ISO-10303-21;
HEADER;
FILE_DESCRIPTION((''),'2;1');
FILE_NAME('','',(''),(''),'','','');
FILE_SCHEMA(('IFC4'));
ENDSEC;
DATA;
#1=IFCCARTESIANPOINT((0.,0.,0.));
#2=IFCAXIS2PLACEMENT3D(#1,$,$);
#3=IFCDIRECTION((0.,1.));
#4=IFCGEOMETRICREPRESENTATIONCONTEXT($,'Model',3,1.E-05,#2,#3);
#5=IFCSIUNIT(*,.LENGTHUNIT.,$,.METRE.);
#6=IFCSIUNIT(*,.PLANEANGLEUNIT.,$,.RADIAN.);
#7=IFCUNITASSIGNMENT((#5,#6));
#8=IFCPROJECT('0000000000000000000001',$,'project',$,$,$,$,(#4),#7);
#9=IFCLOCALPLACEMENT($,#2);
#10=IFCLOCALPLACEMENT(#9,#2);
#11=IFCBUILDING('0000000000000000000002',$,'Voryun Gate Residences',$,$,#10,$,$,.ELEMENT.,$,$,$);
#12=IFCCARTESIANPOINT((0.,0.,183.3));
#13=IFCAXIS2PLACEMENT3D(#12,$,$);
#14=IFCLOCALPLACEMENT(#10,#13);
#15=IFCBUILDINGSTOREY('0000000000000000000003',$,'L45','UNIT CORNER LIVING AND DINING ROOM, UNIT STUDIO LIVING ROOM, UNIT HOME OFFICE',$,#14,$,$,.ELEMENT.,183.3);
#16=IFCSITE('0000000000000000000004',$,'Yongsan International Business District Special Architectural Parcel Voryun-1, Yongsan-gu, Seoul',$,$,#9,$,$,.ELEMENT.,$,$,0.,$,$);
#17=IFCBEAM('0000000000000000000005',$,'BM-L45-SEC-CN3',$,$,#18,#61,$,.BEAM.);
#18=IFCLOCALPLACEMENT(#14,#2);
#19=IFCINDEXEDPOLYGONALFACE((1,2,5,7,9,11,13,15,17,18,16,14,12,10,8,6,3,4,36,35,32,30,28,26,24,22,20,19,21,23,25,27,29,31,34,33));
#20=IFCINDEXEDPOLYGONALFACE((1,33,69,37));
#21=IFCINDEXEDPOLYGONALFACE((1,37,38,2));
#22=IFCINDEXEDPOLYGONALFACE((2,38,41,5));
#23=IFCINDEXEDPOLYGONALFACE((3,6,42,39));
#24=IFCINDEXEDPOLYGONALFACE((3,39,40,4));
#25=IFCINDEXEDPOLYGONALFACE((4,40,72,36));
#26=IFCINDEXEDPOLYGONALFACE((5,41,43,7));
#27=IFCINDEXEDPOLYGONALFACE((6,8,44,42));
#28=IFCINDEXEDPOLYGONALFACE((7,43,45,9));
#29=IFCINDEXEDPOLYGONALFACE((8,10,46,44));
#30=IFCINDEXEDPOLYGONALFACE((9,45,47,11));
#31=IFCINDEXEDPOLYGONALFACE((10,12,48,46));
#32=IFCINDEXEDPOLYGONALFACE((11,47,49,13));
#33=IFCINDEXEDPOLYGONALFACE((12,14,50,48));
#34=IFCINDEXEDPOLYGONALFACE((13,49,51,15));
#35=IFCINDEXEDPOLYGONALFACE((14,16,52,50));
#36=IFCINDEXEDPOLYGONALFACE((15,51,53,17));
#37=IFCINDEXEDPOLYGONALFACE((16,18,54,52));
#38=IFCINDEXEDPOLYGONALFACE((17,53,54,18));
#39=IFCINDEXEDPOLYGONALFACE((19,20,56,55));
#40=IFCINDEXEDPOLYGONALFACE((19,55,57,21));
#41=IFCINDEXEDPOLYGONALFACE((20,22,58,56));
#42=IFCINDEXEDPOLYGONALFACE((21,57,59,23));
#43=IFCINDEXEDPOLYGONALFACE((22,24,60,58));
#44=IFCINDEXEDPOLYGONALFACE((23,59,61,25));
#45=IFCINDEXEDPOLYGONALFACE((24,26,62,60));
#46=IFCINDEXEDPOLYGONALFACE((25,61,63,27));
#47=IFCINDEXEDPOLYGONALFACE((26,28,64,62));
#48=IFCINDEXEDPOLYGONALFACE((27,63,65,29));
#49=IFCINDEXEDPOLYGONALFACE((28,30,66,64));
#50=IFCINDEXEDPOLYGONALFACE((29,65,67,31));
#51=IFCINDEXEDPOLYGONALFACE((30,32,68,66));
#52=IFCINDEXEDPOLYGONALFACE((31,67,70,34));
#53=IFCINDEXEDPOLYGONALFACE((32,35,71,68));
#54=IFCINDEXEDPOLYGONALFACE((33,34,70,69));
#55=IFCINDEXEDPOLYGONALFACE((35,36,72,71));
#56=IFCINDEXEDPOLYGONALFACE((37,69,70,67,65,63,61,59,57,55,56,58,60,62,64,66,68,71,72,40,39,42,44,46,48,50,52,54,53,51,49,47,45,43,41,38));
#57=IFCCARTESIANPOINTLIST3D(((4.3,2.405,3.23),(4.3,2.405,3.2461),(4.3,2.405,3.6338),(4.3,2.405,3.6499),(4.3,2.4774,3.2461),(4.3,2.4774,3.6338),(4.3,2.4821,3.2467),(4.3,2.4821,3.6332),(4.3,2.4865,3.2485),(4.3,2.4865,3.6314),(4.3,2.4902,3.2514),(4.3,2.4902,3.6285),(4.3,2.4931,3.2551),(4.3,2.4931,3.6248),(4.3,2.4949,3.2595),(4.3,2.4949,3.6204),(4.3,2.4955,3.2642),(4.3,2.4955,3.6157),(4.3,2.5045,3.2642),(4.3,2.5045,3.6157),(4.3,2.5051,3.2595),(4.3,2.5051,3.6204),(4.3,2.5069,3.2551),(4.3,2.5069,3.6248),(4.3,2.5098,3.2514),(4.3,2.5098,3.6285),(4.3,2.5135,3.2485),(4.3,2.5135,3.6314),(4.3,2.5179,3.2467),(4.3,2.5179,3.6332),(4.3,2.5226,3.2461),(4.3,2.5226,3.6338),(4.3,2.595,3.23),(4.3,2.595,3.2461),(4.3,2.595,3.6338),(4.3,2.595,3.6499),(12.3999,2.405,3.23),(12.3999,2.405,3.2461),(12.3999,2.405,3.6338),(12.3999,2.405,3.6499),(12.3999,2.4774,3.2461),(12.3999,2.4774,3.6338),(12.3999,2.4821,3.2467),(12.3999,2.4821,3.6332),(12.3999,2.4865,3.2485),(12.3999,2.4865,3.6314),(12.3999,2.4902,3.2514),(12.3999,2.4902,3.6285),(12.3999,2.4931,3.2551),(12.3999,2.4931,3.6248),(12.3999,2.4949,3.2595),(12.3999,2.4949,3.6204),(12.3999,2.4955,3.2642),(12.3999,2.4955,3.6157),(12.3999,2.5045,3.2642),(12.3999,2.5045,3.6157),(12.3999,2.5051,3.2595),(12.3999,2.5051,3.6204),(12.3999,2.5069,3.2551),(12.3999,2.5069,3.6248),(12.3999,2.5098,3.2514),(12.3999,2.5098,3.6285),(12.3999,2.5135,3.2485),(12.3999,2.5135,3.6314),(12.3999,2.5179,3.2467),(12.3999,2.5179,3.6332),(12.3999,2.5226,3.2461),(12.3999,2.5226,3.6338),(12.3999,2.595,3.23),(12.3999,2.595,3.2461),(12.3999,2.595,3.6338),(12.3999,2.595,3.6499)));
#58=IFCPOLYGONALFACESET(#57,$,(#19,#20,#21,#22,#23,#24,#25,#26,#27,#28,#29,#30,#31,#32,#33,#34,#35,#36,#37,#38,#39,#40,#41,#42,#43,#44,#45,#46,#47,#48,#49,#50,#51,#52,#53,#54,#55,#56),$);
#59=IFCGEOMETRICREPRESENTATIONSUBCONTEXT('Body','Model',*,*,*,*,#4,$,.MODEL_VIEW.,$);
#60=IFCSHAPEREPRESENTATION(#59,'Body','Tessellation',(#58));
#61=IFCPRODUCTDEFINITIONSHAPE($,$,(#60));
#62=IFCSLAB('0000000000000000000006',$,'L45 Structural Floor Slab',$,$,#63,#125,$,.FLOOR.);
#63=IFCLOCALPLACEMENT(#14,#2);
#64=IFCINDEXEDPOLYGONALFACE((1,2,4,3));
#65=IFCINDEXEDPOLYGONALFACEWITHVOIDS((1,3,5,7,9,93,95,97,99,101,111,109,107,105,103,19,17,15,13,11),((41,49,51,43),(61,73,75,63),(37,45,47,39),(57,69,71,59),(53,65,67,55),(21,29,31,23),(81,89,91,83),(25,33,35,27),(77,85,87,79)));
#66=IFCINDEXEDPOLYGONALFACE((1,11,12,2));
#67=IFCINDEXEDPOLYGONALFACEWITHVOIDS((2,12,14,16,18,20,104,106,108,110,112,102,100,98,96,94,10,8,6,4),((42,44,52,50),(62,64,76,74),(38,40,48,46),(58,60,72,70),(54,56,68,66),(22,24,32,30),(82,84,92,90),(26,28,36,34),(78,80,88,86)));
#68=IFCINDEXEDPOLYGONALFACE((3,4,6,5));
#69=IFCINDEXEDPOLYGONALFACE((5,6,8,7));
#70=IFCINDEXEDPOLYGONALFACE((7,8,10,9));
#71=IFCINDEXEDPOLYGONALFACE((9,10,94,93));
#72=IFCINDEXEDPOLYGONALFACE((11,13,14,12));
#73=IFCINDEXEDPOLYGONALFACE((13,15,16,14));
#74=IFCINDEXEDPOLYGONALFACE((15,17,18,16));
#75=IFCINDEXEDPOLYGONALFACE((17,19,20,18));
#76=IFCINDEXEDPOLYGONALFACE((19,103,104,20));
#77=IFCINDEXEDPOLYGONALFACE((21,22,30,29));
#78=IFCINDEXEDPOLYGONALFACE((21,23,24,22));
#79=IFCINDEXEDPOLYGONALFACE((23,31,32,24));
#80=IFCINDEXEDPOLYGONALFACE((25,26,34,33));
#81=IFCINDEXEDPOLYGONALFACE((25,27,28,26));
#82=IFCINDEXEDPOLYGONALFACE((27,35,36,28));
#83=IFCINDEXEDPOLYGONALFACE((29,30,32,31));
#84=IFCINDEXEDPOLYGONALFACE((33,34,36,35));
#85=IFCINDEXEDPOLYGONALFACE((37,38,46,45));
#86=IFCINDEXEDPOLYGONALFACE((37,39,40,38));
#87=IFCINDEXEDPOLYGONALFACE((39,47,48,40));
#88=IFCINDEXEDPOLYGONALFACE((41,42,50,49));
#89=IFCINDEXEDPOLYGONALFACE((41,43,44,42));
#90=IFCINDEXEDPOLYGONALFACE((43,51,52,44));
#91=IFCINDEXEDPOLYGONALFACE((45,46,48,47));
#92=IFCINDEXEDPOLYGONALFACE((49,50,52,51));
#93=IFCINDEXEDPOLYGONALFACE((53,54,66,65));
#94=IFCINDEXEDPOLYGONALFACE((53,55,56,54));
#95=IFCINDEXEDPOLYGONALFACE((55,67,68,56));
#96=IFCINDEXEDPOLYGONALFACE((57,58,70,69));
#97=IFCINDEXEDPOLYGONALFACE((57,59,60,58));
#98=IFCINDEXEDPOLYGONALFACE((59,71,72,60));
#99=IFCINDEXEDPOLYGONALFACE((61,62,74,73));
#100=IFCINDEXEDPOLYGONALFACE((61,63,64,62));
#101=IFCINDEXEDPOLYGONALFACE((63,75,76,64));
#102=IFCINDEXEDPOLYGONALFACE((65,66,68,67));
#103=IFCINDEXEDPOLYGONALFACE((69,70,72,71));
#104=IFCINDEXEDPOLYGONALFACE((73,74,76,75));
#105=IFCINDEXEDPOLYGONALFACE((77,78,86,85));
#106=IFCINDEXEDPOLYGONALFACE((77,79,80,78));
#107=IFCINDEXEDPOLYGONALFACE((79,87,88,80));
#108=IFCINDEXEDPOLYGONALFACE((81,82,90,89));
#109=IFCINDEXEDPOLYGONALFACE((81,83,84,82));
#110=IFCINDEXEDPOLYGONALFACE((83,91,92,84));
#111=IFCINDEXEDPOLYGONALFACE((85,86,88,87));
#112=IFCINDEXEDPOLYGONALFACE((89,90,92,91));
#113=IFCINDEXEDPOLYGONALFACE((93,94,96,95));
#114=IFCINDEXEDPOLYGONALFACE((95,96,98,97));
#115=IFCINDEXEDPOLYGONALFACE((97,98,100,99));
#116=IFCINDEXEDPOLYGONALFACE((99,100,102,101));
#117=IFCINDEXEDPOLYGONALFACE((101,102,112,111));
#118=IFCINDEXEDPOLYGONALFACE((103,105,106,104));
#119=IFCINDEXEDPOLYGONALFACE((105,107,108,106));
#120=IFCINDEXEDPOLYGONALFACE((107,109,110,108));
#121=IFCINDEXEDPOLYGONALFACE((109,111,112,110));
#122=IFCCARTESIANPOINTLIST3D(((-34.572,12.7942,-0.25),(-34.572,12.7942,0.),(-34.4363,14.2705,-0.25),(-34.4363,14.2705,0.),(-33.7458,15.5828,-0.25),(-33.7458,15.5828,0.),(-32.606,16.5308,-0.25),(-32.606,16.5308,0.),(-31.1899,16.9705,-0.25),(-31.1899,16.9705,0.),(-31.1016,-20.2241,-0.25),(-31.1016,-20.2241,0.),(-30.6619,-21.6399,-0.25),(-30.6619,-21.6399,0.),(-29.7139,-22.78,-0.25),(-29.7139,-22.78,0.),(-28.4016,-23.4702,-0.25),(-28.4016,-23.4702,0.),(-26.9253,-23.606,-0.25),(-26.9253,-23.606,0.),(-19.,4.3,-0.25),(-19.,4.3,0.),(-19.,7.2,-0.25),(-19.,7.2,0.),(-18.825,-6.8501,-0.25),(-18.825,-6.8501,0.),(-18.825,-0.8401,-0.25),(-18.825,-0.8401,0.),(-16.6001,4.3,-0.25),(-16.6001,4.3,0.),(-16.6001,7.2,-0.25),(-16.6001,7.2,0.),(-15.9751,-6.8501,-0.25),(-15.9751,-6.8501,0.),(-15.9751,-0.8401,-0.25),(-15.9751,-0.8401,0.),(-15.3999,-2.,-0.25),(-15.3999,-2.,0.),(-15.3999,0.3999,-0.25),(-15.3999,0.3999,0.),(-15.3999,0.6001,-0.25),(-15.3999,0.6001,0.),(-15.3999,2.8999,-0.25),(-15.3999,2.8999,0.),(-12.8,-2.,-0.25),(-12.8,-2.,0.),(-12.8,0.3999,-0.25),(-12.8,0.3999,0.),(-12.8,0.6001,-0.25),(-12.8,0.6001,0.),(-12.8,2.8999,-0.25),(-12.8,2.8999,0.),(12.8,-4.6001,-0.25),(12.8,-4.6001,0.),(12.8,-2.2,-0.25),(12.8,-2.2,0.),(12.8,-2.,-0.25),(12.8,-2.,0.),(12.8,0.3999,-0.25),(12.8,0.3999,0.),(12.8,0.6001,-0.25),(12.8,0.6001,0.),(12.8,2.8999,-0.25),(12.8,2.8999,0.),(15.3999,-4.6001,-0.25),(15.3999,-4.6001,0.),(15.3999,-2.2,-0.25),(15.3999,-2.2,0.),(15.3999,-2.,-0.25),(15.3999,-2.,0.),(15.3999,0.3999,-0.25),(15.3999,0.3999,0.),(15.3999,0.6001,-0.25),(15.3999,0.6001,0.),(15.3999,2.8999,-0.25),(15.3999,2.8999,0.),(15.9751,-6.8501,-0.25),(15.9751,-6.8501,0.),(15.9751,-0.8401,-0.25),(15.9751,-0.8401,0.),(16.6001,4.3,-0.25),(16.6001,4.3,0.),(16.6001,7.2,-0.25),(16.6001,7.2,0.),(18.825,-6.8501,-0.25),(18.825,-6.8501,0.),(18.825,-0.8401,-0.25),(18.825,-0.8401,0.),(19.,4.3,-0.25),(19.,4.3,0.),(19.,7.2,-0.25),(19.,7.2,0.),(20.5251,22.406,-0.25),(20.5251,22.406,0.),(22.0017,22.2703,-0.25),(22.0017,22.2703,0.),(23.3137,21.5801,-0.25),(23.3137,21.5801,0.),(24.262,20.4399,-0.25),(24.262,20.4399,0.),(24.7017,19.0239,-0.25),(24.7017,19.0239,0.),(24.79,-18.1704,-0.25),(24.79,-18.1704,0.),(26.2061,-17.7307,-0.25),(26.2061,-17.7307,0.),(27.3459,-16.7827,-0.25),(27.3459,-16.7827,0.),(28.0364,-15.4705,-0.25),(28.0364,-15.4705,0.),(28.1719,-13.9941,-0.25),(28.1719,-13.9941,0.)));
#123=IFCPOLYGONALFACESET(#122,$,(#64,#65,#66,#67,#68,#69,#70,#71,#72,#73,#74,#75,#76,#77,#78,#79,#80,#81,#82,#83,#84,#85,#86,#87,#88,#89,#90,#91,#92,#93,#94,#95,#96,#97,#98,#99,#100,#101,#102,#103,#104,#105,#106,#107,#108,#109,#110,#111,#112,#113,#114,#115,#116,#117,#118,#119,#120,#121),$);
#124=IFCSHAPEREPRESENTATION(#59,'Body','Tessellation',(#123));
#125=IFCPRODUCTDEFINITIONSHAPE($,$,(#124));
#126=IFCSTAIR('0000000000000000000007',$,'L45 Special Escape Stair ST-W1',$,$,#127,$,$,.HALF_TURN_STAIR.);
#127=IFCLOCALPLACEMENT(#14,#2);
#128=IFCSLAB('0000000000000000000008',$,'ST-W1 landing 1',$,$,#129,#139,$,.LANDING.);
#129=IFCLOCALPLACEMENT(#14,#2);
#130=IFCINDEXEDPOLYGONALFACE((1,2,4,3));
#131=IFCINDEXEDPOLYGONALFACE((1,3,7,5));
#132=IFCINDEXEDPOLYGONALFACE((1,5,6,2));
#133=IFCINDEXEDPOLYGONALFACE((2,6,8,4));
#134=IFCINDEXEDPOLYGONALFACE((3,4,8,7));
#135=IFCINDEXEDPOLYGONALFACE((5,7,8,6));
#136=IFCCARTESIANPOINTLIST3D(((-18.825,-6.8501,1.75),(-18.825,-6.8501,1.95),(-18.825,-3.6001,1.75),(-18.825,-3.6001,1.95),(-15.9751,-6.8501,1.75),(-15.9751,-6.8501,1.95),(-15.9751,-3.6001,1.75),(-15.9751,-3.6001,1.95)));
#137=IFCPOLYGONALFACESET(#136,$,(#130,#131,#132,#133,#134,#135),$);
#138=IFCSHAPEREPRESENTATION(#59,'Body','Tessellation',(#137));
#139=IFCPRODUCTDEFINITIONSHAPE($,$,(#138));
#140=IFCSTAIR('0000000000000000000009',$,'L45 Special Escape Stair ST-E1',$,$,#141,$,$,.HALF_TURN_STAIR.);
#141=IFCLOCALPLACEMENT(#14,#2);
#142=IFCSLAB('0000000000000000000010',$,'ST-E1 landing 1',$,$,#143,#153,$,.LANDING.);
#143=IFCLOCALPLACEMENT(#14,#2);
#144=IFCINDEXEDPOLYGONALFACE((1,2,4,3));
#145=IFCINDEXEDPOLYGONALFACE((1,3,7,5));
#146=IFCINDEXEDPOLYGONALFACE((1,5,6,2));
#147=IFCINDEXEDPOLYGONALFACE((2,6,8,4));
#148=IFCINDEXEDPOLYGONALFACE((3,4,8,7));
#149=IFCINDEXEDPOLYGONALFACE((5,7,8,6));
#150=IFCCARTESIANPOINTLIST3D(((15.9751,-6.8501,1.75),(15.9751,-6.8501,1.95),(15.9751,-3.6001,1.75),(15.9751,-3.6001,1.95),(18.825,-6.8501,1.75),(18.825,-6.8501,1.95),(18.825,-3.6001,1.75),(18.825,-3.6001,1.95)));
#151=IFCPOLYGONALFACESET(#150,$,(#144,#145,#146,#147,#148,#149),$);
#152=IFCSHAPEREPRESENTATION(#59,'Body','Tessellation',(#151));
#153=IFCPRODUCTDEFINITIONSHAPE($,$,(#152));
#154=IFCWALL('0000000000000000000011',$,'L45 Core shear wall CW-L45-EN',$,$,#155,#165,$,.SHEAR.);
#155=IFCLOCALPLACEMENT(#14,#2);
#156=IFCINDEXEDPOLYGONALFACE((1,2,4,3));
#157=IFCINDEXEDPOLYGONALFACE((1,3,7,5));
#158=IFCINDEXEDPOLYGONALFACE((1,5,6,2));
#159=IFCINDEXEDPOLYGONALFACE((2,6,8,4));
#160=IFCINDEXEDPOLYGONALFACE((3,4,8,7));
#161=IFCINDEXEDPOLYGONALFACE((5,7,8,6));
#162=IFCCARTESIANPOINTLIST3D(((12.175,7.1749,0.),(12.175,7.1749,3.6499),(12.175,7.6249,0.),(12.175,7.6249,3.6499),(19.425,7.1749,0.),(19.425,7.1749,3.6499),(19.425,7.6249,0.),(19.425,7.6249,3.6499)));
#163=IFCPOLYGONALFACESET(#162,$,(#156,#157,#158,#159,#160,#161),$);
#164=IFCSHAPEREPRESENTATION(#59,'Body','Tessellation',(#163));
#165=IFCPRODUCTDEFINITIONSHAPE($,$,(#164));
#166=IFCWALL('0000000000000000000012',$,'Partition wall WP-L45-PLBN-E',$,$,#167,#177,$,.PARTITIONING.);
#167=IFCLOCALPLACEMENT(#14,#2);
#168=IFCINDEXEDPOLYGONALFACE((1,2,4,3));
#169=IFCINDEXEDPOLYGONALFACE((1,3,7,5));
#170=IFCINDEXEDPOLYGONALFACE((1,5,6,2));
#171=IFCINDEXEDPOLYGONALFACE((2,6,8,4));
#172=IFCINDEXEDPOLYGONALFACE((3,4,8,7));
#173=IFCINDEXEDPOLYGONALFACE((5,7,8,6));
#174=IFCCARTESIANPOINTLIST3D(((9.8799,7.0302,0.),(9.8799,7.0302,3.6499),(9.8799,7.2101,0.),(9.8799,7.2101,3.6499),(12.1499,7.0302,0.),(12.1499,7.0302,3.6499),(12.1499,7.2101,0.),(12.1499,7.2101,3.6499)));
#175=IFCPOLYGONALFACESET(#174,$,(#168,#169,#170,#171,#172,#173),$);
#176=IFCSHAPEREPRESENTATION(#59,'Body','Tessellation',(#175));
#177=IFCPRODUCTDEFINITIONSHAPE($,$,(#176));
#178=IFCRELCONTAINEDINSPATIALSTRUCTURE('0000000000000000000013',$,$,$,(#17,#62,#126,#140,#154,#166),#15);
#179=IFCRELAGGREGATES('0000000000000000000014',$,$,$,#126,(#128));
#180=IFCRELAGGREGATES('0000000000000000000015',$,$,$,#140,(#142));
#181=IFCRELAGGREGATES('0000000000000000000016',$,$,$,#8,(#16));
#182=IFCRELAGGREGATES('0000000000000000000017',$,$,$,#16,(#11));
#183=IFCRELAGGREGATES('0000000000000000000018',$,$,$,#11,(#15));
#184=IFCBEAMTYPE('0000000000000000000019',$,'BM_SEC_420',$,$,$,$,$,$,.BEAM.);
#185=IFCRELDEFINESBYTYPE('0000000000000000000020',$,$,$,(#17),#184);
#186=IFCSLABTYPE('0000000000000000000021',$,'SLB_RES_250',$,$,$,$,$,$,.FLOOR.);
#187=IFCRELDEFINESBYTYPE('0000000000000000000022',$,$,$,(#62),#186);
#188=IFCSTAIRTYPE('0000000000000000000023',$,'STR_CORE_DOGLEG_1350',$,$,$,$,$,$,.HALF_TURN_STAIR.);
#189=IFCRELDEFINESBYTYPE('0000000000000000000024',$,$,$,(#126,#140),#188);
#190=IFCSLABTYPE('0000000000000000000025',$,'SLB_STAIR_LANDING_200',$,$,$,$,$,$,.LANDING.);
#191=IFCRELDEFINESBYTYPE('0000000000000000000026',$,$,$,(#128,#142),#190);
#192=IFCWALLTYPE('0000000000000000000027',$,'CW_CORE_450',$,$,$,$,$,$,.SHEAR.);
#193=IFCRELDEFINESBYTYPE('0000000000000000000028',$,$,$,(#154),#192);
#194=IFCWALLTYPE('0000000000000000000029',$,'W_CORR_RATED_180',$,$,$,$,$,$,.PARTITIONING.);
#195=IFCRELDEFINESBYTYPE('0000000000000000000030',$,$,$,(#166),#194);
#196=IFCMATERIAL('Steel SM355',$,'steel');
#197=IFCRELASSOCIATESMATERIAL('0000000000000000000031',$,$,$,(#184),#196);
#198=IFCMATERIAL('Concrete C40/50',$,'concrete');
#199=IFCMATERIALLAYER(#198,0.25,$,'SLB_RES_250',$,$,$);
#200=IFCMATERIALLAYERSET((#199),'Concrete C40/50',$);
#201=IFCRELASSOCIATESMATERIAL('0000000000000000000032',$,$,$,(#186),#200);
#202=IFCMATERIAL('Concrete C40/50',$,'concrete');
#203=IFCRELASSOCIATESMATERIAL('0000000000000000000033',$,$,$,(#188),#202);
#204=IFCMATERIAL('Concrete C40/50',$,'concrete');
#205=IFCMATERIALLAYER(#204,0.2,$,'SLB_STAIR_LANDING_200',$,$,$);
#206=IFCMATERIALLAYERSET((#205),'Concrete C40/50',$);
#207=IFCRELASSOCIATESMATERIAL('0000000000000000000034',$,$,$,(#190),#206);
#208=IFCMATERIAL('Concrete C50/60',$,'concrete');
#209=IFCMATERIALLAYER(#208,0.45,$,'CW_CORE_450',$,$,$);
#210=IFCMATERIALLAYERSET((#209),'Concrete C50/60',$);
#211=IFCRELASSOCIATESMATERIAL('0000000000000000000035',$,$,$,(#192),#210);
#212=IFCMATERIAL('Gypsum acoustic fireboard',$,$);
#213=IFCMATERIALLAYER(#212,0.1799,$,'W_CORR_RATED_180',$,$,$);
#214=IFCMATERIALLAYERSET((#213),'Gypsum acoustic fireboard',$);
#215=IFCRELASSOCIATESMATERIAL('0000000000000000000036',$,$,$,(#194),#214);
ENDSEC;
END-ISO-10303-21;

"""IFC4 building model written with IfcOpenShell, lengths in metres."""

from ifc_helpers import new_model, si_unit, direction, frame, frame_2d, origin, origin_2d, place, context, subcontext, project, spatial, polyline, rectangle, i_section, outline, extrude, material, layer, layer_set, material_profile, profile_set, type_object, element, aggregate, save


model = new_model("IFC4")

# Units and contexts
model_context = context("Model", 3, precision=1e-05, world=origin(), true_north=direction((0.0, 1.0)))
body_context = subcontext(model_context, "Body", "Model", "MODEL_VIEW")
ifc_project = project(units=[si_unit("LENGTHUNIT", "METRE"), si_unit("PLANEANGLEUNIT", "RADIAN")], contexts=[model_context])

# Site, building, storey
site_placement = place(None, origin())
site = spatial("IfcSite", under=ifc_project, at=site_placement, Name="Yongsan International Business District Special Architectural Parcel Voryun-1, Yongsan-gu, Seoul", CompositionType="ELEMENT", RefElevation=0.0)
building_placement = place(site_placement, origin())
building = spatial("IfcBuilding", under=site, at=building_placement, Name="Voryun Gate Residences", CompositionType="ELEMENT")
storey_placement = place(building_placement, frame((0.0, 0.0, 183.3)))
storey = spatial("IfcBuildingStorey", under=building, at=storey_placement, Name="L45", Description="UNIT CORNER LIVING AND DINING ROOM, UNIT STUDIO LIVING ROOM, UNIT HOME OFFICE", CompositionType="ELEMENT", Elevation=183.3)

# Beam
ifc_material_1 = material(Name="Steel SM355", Category="steel")
ifc_material_profile_1 = material_profile(ifc_material_1, i_section(OverallWidth=0.1899, OverallDepth=0.4199, WebThickness=0.009, FlangeThickness=0.0161, FilletRadius=0.0181, at=origin_2d()), Name="H-420x190x9x16")
ifc_profile_set_1 = profile_set([ifc_material_profile_1], Name="Steel SM355")
beam_type_1 = type_object("IfcBeamType", Name="BM_SEC_420", PredefinedType="BEAM", material=ifc_profile_set_1)
for number, where, z_axis, x_axis, name in (
    (1, (4.3, 2.5, 3.4399), (1.0, 0.0, 0.0), (0.0, 1.0, 0.0), "BM-L45-SEC-CN3"),
):
    element("IfcBeam", number, at=place(storey_placement, frame(where, z_axis=z_axis, x_axis=x_axis)), inside=storey, type_object=beam_type_1, Name=name, PredefinedType="BEAM", context=body_context, shape_type="SweptSolid", body=[
        extrude(i_section(OverallWidth=0.1899, OverallDepth=0.4199, WebThickness=0.009, FlangeThickness=0.0161, FilletRadius=0.0181, at=origin_2d()), origin(), (0.0, 0.0, 1.0), 8.0999),
    ])

# Slab
ifc_material_2 = material(Name="Concrete C40/50", Category="concrete")
ifc_layer_1 = layer(ifc_material_2, 0.25, Name="SLB_RES_250")
ifc_layer_set_1 = layer_set([ifc_layer_1], Name="Concrete C40/50")
slab_type_1 = type_object("IfcSlabType", Name="SLB_RES_250", PredefinedType="FLOOR", material=ifc_layer_set_1)
slab_1_placement = place(storey_placement, frame((0.0, 0.0, -0.25)))
element("IfcSlab", 2, at=slab_1_placement, inside=storey, type_object=slab_type_1, Name="L45 Structural Floor Slab", PredefinedType="FLOOR", context=body_context, shape_type="SweptSolid", body=[
    extrude(outline(polyline([(-26.9253, -23.606), (-28.4016, -23.4702), (-29.7139, -22.78), (-30.6619, -21.6399), (-31.1016, -20.2241), (-34.572, 12.7942), (-34.4363, 14.2705), (-33.7458, 15.5828), (-32.606, 16.5308), (-31.1899, 16.9705), (20.5251, 22.406), (22.0017, 22.2703), (23.3137, 21.5801), (24.262, 20.4399), (24.7017, 19.0239), (28.1719, -13.9941), (28.0364, -15.4705), (27.3459, -16.7827), (26.2061, -17.7307), (24.79, -18.1704), (-26.9253, -23.606)]), holes=[polyline([(-15.9751, -6.8501), (-15.9751, -0.8401), (-18.825, -0.8401), (-18.825, -6.8501), (-15.9751, -6.8501)]), polyline([(18.825, -6.8501), (18.825, -0.8401), (15.9751, -0.8401), (15.9751, -6.8501), (18.825, -6.8501)]), polyline([(15.3999, -2.2), (12.8, -2.2), (12.8, -4.6001), (15.3999, -4.6001), (15.3999, -2.2)]), polyline([(-12.8, 0.3999), (-15.3999, 0.3999), (-15.3999, -2.0), (-12.8, -2.0), (-12.8, 0.3999)]), polyline([(15.3999, 0.3999), (12.8, 0.3999), (12.8, -2.0), (15.3999, -2.0), (15.3999, 0.3999)]), polyline([(-12.8, 2.8999), (-15.3999, 2.8999), (-15.3999, 0.6001), (-12.8, 0.6001), (-12.8, 2.8999)]), polyline([(15.3999, 2.8999), (12.8, 2.8999), (12.8, 0.6001), (15.3999, 0.6001), (15.3999, 2.8999)]), polyline([(-16.6001, 4.3), (-16.6001, 7.2), (-19.0, 7.2), (-19.0, 4.3), (-16.6001, 4.3)]), polyline([(19.0, 4.3), (19.0, 7.2), (16.6001, 7.2), (16.6001, 4.3), (19.0, 4.3)])]), origin(), (0.0, 0.0, 1.0), 0.25),
])

# Stairs, slabs
ifc_material_3 = material(Name="Concrete C40/50", Category="concrete")
stair_type = type_object("IfcStairType", Name="STR_CORE_DOGLEG_1350", PredefinedType="HALF_TURN_STAIR", material=ifc_material_3)
stair_1_placement = place(storey_placement, origin())
stair_1 = element("IfcStair", 3, at=stair_1_placement, inside=storey, type_object=stair_type, Name="L45 Special Escape Stair ST-W1", PredefinedType="HALF_TURN_STAIR")
ifc_material_4 = material(Name="Concrete C40/50", Category="concrete")
ifc_layer_2 = layer(ifc_material_4, 0.2, Name="SLB_STAIR_LANDING_200")
ifc_layer_set_2 = layer_set([ifc_layer_2], Name="Concrete C40/50")
slab_type_2 = type_object("IfcSlabType", Name="SLB_STAIR_LANDING_200", PredefinedType="LANDING", material=ifc_layer_set_2)
slab_2_placement = place(storey_placement, frame((0.0, 0.0, 1.75)))
slab_2 = element("IfcSlab", 4, at=slab_2_placement, type_object=slab_type_2, Name="ST-W1 landing 1", PredefinedType="LANDING", context=body_context, shape_type="SweptSolid", body=[
    extrude(outline(polyline([(-18.825, -3.6001), (-18.825, -6.8501), (-15.9751, -6.8501), (-15.9751, -3.6001), (-18.825, -3.6001)])), origin(), (0.0, 0.0, 1.0), 0.2),
])
aggregate(stair_1, [slab_2])
stair_2_placement = place(storey_placement, origin())
stair_2 = element("IfcStair", 5, at=stair_2_placement, inside=storey, type_object=stair_type, Name="L45 Special Escape Stair ST-E1", PredefinedType="HALF_TURN_STAIR")
slab_3_placement = place(storey_placement, frame((0.0, 0.0, 1.75)))
slab_3 = element("IfcSlab", 6, at=slab_3_placement, type_object=slab_type_2, Name="ST-E1 landing 1", PredefinedType="LANDING", context=body_context, shape_type="SweptSolid", body=[
    extrude(outline(polyline([(15.9751, -3.6001), (15.9751, -6.8501), (18.825, -6.8501), (18.825, -3.6001), (15.9751, -3.6001)])), origin(), (0.0, 0.0, 1.0), 0.2),
])
aggregate(stair_2, [slab_3])

# Walls
ifc_material_5 = material(Name="Concrete C50/60", Category="concrete")
ifc_layer_3 = layer(ifc_material_5, 0.45, Name="CW_CORE_450")
ifc_layer_set_3 = layer_set([ifc_layer_3], Name="Concrete C50/60")
wall_type_1 = type_object("IfcWallType", Name="CW_CORE_450", PredefinedType="SHEAR", material=ifc_layer_set_3)
wall_1_placement = place(storey_placement, frame((12.175, 7.3999, 0.0), z_axis=(0.0, 0.0, 1.0), x_axis=(1.0, 0.0, 0.0)))
element("IfcWall", 7, at=wall_1_placement, inside=storey, type_object=wall_type_1, Name="L45 Core shear wall CW-L45-EN", PredefinedType="SHEAR", context=body_context, shape_type="SweptSolid", body=[
    extrude(rectangle(XDim=7.25, YDim=0.45, at=frame_2d((3.625, 0.0))), origin(), (0.0, 0.0, 1.0), 3.6499),
])
ifc_material_6 = material(Name="Gypsum acoustic fireboard")
ifc_layer_4 = layer(ifc_material_6, 0.1799, Name="W_CORR_RATED_180")
ifc_layer_set_4 = layer_set([ifc_layer_4], Name="Gypsum acoustic fireboard")
wall_type_2 = type_object("IfcWallType", Name="W_CORR_RATED_180", PredefinedType="PARTITIONING", material=ifc_layer_set_4)
wall_2_placement = place(storey_placement, frame((9.8799, 7.1201, 0.0), z_axis=(0.0, 0.0, 1.0), x_axis=(1.0, 0.0, 0.0)))
element("IfcWall", 8, at=wall_2_placement, inside=storey, type_object=wall_type_2, Name="Partition wall WP-L45-PLBN-E", PredefinedType="PARTITIONING", context=body_context, shape_type="SweptSolid", body=[
    extrude(rectangle(XDim=2.27, YDim=0.1799, at=frame_2d((1.135, 0.0))), origin(), (0.0, 0.0, 1.0), 3.6499),
])

save(model, "model.ifc")
